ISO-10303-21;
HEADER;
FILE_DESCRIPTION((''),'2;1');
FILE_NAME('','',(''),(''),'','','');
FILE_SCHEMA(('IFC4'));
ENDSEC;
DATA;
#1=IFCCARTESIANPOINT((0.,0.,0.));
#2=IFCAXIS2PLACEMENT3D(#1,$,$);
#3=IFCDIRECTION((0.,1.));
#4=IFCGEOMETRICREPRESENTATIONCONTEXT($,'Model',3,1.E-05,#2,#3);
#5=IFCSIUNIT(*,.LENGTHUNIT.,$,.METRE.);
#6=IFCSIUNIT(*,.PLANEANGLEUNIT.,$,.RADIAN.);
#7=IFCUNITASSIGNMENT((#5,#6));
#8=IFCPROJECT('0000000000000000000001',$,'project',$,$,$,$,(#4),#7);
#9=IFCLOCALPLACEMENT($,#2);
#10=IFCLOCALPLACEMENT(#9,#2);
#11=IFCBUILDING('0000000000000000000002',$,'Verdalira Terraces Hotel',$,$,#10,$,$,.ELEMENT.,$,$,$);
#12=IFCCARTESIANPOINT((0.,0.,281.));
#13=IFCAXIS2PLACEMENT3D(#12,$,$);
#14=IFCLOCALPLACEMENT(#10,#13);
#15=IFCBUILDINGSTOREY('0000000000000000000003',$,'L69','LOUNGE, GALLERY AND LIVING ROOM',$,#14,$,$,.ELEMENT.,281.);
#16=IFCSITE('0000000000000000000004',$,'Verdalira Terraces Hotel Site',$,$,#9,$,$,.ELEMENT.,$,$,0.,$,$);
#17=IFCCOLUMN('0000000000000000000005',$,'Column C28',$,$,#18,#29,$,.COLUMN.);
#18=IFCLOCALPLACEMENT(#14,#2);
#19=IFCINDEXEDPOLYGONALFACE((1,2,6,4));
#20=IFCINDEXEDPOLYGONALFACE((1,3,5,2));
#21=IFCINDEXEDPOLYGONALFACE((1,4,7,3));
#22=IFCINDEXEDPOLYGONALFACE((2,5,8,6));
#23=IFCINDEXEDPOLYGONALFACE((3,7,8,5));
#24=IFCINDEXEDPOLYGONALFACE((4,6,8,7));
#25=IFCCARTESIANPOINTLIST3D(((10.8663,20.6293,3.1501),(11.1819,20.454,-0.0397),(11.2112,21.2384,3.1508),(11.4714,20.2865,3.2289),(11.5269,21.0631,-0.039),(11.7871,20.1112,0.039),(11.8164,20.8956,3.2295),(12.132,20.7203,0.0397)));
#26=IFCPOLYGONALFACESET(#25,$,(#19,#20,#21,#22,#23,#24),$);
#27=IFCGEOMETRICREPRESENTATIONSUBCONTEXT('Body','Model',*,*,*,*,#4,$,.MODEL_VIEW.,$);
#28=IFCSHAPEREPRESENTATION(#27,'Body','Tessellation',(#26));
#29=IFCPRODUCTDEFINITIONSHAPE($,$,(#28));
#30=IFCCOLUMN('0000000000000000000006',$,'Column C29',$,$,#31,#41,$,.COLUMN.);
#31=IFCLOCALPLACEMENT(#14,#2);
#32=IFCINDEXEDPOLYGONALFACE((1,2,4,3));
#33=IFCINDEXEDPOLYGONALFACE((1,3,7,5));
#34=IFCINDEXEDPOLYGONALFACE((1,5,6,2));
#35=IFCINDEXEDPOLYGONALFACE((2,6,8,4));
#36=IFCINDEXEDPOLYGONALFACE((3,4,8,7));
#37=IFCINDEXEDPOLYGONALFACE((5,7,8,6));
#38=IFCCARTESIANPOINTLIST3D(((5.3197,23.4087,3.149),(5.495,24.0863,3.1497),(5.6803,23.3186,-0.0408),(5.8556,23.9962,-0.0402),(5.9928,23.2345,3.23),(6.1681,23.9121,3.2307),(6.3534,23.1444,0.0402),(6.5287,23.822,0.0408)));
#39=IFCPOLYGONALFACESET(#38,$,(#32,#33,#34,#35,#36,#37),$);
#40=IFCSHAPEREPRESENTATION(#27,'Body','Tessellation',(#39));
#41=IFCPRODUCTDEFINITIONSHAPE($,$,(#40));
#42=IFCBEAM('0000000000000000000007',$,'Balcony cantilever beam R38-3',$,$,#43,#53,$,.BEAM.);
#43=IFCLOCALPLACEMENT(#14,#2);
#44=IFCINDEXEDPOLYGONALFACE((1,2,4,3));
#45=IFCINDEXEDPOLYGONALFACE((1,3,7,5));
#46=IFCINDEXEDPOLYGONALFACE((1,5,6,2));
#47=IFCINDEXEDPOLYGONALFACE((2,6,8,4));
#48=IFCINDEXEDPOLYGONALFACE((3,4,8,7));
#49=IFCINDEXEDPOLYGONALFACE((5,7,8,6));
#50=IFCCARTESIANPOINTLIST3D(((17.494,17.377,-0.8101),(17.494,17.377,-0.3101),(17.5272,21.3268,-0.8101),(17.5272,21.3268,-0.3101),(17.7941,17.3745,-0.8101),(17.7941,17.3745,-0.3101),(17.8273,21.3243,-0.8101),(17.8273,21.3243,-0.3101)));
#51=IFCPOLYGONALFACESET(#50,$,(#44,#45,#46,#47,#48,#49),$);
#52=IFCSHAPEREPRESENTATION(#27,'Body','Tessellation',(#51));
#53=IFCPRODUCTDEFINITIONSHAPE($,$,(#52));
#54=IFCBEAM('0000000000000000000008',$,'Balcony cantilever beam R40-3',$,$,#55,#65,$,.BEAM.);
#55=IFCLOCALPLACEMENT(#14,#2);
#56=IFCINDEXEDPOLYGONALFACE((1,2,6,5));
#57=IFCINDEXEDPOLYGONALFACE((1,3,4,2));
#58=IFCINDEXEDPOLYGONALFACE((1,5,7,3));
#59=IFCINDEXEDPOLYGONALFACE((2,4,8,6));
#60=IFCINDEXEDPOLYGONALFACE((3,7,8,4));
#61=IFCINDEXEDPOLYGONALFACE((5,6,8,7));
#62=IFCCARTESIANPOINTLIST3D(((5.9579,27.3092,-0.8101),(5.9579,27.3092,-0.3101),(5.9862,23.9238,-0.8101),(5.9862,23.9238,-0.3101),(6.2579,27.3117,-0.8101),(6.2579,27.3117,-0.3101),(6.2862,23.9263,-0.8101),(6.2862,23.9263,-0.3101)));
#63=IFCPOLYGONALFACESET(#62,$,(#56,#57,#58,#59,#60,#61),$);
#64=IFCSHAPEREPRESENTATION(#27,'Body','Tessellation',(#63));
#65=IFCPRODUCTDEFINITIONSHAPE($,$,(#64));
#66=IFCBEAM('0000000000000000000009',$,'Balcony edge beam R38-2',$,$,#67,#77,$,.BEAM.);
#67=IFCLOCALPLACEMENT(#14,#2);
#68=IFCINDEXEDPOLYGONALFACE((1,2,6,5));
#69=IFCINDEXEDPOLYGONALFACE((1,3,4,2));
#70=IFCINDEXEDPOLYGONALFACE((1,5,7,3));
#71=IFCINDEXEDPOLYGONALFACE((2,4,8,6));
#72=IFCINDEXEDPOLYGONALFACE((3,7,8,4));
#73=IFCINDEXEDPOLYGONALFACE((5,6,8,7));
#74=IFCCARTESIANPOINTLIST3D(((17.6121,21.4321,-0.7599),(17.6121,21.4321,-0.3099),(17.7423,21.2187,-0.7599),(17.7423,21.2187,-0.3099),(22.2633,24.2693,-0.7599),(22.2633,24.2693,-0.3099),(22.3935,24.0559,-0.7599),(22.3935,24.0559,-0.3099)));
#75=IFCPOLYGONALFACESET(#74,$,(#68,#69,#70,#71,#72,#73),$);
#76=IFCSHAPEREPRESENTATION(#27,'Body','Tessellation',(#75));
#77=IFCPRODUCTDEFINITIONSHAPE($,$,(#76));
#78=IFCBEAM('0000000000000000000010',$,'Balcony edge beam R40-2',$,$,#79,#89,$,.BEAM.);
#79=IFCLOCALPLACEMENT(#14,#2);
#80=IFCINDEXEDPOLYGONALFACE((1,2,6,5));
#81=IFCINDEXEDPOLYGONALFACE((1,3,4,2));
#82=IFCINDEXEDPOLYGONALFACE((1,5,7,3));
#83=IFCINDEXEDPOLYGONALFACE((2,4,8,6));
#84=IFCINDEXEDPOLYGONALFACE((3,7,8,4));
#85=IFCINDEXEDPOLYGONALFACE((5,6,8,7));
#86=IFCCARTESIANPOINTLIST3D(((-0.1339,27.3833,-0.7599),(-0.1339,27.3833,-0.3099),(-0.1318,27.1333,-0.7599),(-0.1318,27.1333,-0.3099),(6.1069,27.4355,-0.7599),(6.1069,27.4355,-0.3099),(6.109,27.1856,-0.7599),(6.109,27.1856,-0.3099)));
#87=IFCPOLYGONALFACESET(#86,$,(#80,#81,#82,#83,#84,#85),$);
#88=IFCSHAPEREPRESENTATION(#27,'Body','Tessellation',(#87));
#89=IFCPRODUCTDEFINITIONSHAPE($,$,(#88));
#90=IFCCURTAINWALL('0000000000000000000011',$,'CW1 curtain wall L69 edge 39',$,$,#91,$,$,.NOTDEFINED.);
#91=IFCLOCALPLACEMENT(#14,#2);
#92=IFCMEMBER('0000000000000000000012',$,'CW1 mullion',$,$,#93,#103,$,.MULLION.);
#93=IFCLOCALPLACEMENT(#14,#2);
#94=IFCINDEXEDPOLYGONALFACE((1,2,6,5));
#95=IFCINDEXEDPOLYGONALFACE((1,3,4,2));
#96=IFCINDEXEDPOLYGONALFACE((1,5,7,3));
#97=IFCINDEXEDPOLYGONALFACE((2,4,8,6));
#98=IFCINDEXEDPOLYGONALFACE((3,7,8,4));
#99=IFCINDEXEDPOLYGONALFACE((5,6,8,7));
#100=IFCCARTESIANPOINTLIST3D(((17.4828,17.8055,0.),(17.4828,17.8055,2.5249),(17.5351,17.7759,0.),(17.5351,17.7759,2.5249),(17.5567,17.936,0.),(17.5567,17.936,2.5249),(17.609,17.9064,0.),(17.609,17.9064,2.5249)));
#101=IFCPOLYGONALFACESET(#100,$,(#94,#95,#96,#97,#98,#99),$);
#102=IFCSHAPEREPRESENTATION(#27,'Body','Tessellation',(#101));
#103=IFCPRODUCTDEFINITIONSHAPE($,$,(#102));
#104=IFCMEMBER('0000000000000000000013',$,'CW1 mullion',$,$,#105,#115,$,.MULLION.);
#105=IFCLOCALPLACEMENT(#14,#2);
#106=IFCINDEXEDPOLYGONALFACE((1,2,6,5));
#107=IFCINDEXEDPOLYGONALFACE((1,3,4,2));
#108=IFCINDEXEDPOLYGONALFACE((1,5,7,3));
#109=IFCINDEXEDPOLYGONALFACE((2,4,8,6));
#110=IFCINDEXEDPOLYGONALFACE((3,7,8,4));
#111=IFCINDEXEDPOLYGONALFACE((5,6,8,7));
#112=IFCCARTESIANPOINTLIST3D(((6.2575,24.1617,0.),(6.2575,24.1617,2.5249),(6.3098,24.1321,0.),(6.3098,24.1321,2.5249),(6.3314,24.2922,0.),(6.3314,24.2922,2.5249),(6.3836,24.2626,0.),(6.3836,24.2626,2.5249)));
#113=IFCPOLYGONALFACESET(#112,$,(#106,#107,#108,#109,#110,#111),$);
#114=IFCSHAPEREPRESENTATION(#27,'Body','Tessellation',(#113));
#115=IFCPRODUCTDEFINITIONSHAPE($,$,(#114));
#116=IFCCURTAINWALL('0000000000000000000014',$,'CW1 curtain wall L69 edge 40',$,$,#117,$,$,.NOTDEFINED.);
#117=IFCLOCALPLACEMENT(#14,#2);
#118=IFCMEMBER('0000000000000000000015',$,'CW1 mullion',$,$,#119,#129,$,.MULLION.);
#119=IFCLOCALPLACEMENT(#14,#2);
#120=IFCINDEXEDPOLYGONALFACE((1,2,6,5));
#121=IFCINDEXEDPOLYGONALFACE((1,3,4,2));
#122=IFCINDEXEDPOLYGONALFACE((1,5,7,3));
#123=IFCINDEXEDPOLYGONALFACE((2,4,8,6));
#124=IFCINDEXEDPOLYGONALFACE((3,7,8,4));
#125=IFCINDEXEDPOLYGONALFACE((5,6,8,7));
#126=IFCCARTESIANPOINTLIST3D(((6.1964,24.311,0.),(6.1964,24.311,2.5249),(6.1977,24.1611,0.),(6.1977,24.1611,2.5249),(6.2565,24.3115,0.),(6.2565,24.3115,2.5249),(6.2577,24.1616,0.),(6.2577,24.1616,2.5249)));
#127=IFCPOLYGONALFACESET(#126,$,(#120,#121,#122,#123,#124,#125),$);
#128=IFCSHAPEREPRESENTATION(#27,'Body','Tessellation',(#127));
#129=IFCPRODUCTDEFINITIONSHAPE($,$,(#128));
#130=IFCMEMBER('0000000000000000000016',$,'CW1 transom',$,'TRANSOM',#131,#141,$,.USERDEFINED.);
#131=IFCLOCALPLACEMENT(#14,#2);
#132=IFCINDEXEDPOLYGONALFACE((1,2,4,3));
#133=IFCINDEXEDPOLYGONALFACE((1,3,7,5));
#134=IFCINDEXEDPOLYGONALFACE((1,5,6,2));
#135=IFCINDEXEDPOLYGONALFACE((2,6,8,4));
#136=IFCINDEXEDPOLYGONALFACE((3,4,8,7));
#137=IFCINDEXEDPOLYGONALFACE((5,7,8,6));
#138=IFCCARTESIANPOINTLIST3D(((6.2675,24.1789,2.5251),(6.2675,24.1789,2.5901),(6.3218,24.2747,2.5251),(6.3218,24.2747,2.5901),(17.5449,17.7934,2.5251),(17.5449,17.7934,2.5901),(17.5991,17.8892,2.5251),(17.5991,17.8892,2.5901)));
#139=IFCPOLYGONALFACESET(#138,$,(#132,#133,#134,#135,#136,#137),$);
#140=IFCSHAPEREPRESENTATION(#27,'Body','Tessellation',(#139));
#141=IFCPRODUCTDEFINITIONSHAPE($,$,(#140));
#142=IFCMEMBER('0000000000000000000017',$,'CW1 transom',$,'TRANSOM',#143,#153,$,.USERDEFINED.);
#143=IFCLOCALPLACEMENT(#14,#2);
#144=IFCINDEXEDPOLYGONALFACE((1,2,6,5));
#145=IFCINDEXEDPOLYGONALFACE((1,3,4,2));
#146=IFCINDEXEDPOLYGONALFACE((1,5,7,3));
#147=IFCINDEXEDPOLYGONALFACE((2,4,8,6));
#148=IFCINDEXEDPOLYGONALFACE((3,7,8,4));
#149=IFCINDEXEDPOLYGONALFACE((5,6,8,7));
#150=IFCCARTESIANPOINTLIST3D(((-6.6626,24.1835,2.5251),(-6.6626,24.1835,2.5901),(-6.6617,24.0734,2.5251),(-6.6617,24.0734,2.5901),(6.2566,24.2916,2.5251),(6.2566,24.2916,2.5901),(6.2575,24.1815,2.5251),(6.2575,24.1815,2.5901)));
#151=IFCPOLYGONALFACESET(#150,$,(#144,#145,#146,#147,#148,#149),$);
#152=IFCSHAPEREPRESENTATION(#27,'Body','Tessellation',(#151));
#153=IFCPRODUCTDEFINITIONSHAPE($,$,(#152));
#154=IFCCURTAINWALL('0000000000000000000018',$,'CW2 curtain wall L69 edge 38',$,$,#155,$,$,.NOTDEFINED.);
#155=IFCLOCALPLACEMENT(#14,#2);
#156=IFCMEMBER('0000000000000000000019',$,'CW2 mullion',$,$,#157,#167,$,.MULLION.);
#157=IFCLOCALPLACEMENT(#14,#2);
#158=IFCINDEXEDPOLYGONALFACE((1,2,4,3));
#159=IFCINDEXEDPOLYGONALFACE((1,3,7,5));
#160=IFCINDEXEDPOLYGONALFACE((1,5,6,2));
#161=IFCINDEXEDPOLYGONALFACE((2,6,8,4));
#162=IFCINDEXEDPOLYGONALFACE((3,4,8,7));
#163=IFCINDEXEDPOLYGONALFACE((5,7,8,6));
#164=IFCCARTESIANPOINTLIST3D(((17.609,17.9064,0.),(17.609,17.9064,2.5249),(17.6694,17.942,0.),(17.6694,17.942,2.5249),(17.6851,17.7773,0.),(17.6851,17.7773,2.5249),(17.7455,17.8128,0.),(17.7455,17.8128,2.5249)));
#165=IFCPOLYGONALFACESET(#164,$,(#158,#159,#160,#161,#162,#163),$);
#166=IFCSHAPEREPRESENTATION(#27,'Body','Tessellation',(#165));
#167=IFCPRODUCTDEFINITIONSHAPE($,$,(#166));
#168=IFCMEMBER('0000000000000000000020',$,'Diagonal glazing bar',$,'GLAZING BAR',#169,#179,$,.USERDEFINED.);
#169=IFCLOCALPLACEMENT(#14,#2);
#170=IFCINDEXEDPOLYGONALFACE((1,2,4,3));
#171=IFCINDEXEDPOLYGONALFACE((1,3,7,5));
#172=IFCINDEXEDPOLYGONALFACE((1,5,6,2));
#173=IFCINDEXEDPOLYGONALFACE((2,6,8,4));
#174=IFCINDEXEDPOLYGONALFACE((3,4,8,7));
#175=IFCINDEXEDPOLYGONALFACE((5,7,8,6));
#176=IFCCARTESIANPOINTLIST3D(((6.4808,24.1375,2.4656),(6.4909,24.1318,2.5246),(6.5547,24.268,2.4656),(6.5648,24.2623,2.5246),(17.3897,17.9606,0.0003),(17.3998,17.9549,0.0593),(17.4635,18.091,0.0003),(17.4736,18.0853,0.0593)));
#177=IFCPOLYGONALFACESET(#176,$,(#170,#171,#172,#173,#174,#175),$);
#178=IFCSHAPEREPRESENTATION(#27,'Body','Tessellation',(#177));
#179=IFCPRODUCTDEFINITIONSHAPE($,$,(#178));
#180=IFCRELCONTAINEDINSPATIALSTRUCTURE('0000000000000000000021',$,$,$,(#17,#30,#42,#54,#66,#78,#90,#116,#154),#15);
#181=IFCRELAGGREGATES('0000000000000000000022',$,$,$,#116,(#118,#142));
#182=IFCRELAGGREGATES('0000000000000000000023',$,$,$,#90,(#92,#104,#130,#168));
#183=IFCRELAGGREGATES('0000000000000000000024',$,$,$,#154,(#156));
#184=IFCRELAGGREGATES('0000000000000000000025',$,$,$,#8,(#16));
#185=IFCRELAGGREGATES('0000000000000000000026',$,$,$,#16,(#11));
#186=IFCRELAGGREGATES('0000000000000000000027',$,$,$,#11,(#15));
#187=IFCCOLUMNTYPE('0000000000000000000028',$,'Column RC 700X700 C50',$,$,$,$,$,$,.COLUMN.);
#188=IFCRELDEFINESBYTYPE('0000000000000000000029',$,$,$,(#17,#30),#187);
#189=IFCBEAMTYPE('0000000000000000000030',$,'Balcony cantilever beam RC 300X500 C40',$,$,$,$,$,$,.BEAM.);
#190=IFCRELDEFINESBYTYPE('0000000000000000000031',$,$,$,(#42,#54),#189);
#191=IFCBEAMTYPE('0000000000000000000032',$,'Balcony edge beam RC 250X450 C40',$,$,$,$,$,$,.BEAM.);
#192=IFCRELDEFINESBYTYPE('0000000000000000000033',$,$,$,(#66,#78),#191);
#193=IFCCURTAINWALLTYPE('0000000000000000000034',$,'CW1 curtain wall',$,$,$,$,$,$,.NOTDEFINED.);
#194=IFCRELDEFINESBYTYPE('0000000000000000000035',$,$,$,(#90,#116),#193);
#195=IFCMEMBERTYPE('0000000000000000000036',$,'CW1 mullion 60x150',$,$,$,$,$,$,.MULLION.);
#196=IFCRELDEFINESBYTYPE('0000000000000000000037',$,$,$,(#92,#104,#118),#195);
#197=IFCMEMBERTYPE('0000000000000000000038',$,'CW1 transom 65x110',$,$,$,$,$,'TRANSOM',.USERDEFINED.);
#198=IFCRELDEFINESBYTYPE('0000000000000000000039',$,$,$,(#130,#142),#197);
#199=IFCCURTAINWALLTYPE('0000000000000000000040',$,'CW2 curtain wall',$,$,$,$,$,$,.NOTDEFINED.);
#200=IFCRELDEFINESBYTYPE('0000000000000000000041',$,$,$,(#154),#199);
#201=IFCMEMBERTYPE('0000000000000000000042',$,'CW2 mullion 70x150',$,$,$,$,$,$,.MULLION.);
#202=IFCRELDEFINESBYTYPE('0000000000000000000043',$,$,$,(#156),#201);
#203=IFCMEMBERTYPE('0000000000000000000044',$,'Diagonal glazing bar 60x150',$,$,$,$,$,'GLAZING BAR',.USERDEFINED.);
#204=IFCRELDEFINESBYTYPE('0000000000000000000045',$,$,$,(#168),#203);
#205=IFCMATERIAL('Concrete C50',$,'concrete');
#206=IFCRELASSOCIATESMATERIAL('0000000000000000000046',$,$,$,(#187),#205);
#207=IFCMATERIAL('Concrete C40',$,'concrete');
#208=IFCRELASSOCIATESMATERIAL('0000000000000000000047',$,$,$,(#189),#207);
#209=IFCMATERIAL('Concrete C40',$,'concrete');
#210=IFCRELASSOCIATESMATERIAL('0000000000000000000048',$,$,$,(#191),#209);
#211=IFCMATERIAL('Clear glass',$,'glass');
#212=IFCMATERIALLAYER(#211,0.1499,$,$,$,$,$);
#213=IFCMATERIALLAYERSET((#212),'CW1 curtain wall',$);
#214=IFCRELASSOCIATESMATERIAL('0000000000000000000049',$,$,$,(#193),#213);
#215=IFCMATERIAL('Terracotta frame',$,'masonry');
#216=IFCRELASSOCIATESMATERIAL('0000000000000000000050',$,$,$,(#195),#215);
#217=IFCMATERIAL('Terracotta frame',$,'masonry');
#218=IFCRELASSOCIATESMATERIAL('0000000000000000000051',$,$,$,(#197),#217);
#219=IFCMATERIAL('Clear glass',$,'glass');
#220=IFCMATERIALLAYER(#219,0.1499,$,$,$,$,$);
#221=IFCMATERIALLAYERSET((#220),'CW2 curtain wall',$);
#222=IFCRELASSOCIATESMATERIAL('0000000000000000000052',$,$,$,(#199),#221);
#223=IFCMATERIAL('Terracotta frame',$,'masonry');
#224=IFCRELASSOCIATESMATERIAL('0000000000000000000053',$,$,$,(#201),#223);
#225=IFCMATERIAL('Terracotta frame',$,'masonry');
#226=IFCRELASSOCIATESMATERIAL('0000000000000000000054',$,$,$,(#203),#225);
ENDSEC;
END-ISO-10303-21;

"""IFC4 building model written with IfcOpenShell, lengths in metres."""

from ifc_helpers import new_model, si_unit, direction, frame, origin, origin_2d, place, context, subcontext, project, spatial, rectangle, extrude, material, layer, layer_set, material_profile, profile_set, type_object, element, aggregate, save


model = new_model("IFC4")

# Units and contexts
model_context = context("Model", 3, precision=1e-05, world=origin(), true_north=direction((0.0, 1.0)))
body_context = subcontext(model_context, "Body", "Model", "MODEL_VIEW")
ifc_project = project(units=[si_unit("LENGTHUNIT", "METRE"), si_unit("PLANEANGLEUNIT", "RADIAN")], contexts=[model_context])

# Site, building, storey
site_placement = place(None, origin())
site = spatial("IfcSite", under=ifc_project, at=site_placement, Name="Verdalira Terraces Hotel Site", CompositionType="ELEMENT", RefElevation=0.0)
building_placement = place(site_placement, origin())
building = spatial("IfcBuilding", under=site, at=building_placement, Name="Verdalira Terraces Hotel", CompositionType="ELEMENT")
storey_placement = place(building_placement, frame((0.0, 0.0, 281.0)))
storey = spatial("IfcBuildingStorey", under=building, at=storey_placement, Name="L69", Description="LOUNGE, GALLERY AND LIVING ROOM", CompositionType="ELEMENT", Elevation=281.0)

# Columns
ifc_material_1 = material(Name="Concrete C50", Category="concrete")
ifc_material_profile_1 = material_profile(ifc_material_1, rectangle(XDim=0.7, YDim=0.7, at=origin_2d()), Name="RC 700X700")
ifc_profile_set_1 = profile_set([ifc_material_profile_1], Name="Concrete C50")
column_type = type_object("IfcColumnType", Name="Column RC 700X700 C50", PredefinedType="COLUMN", material=ifc_profile_set_1)
column_1_placement = place(storey_placement, frame((11.657, 20.5872, 0.0), z_axis=(-0.098331, 0.054603, 0.993655), x_axis=(-0.864581, 0.489744, -0.112471)))
element("IfcColumn", 1, at=column_1_placement, inside=storey, type_object=column_type, Name="Column C28", PredefinedType="COLUMN", context=body_context, shape_type="SweptSolid", body=[
    extrude(rectangle(XDim=0.7, YDim=0.7, at=origin_2d()), origin(), (0.0, 0.0, 1.0), 3.2102),
])
column_2_placement = place(storey_placement, frame((6.1045, 23.5703, 0.0), z_axis=(-0.112282, 0.028051, 0.99328), x_axis=(0.961584, -0.248926, 0.115729)))
element("IfcColumn", 2, at=column_2_placement, inside=storey, type_object=column_type, Name="Column C29", PredefinedType="COLUMN", context=body_context, shape_type="SweptSolid", body=[
    extrude(rectangle(XDim=0.7, YDim=0.7, at=origin_2d()), origin(), (0.0, 0.0, 1.0), 3.2114),
])

# Beams
ifc_material_2 = material(Name="Concrete C40", Category="concrete")
ifc_material_profile_2 = material_profile(ifc_material_2, rectangle(XDim=0.3, YDim=0.5, at=origin_2d()), Name="RC 300X500")
ifc_profile_set_2 = profile_set([ifc_material_profile_2], Name="Concrete C40")
beam_type_1 = type_object("IfcBeamType", Name="Balcony cantilever beam RC 300X500 C40", PredefinedType="BEAM", material=ifc_profile_set_2)
beam_1_placement = place(storey_placement, frame((17.644, 17.3757, -0.5601), z_axis=(0.008406, 0.999965, 0.0), x_axis=(-0.999965, 0.008406, 0.0)))
element("IfcBeam", 3, at=beam_1_placement, inside=storey, type_object=beam_type_1, Name="Balcony cantilever beam R38-3", PredefinedType="BEAM", context=body_context, shape_type="SweptSolid", body=[
    extrude(rectangle(XDim=0.3, YDim=0.5, at=origin_2d()), origin(), (0.0, 0.0, 1.0), 3.95),
])
beam_2_placement = place(storey_placement, frame((6.1362, 23.925, -0.5601), z_axis=(-0.008365, 0.999965, 0.0), x_axis=(-0.999965, -0.008365, 0.0)))
element("IfcBeam", 4, at=beam_2_placement, inside=storey, type_object=beam_type_1, Name="Balcony cantilever beam R40-3", PredefinedType="BEAM", context=body_context, shape_type="SweptSolid", body=[
    extrude(rectangle(XDim=0.3, YDim=0.5, at=origin_2d()), origin(), (0.0, 0.0, 1.0), 3.3855),
])
ifc_material_3 = material(Name="Concrete C40", Category="concrete")
ifc_material_profile_3 = material_profile(ifc_material_3, rectangle(XDim=0.25, YDim=0.45, at=origin_2d()), Name="RC 250X450")
ifc_profile_set_3 = profile_set([ifc_material_profile_3], Name="Concrete C40")
beam_type_2 = type_object("IfcBeamType", Name="Balcony edge beam RC 250X450 C40", PredefinedType="BEAM", material=ifc_profile_set_3)
beam_3_placement = place(storey_placement, frame((22.3284, 24.1626, -0.5349), z_axis=(-0.853706, -0.520756, 0.0), x_axis=(0.520756, -0.853706, 0.0)))
element("IfcBeam", 5, at=beam_3_placement, inside=storey, type_object=beam_type_2, Name="Balcony edge beam R38-2", PredefinedType="BEAM", context=body_context, shape_type="SweptSolid", body=[
    extrude(rectangle(XDim=0.25, YDim=0.45, at=origin_2d()), origin(), (0.0, 0.0, 1.0), 5.4482),
])
beam_4_placement = place(storey_placement, frame((6.1079, 27.3105, -0.5349), z_axis=(-0.999965, -0.008372, 0.0), x_axis=(0.008372, -0.999965, 0.0)))
element("IfcBeam", 6, at=beam_4_placement, inside=storey, type_object=beam_type_2, Name="Balcony edge beam R40-2", PredefinedType="BEAM", context=body_context, shape_type="SweptSolid", body=[
    extrude(rectangle(XDim=0.25, YDim=0.45, at=origin_2d()), origin(), (0.0, 0.0, 1.0), 6.241),
])

# Curtain wall, members
ifc_material_4 = material(Name="Clear glass", Category="glass")
ifc_layer_1 = layer(ifc_material_4, 0.1499)
ifc_layer_set_1 = layer_set([ifc_layer_1], Name="CW1 curtain wall")
curtain_wall_type_1 = type_object("IfcCurtainWallType", Name="CW1 curtain wall", PredefinedType="NOTDEFINED", material=ifc_layer_set_1)
curtain_wall_1_placement = place(storey_placement, origin())
curtain_wall_1 = element("IfcCurtainWall", 7, at=curtain_wall_1_placement, inside=storey, type_object=curtain_wall_type_1, Name="CW1 curtain wall L69 edge 39", PredefinedType="NOTDEFINED")
ifc_material_5 = material(Name="Terracotta frame", Category="masonry")
ifc_material_profile_4 = material_profile(ifc_material_5, rectangle(XDim=0.0601, YDim=0.1499, at=origin_2d()), Name="MU 60x150")
ifc_profile_set_4 = profile_set([ifc_material_profile_4], Name="Terracotta frame")
member_type_1 = type_object("IfcMemberType", Name="CW1 mullion 60x150", PredefinedType="MULLION", material=ifc_profile_set_4)
member_1_placement = place(storey_placement, frame((17.5459, 17.856, 0.0), z_axis=(0.0, 0.0, 1.0), x_axis=(-0.870184, 0.492727, 0.0)))
member_1 = element("IfcMember", 8, at=member_1_placement, type_object=member_type_1, Name="CW1 mullion", PredefinedType="MULLION", context=body_context, shape_type="SweptSolid", body=[
    extrude(rectangle(XDim=0.0601, YDim=0.1499, at=origin_2d()), origin(), (0.0, 0.0, 1.0), 2.5249),
])
member_2_placement = place(storey_placement, frame((6.3206, 24.2122, 0.0), z_axis=(0.0, 0.0, 1.0), x_axis=(-0.870184, 0.492727, 0.0)))
member_2 = element("IfcMember", 9, at=member_2_placement, type_object=member_type_1, Name="CW1 mullion", PredefinedType="MULLION", context=body_context, shape_type="SweptSolid", body=[
    extrude(rectangle(XDim=0.0601, YDim=0.1499, at=origin_2d()), origin(), (0.0, 0.0, 1.0), 2.5249),
])

# Curtain wall, member
curtain_wall_2_placement = place(storey_placement, origin())
curtain_wall_2 = element("IfcCurtainWall", 10, at=curtain_wall_2_placement, inside=storey, type_object=curtain_wall_type_1, Name="CW1 curtain wall L69 edge 40", PredefinedType="NOTDEFINED")
member_3_placement = place(storey_placement, frame((6.2271, 24.2363, 0.0), z_axis=(0.0, 0.0, 1.0), x_axis=(-0.999965, -0.008377, 0.0)))
member_3 = element("IfcMember", 11, at=member_3_placement, type_object=member_type_1, Name="CW1 mullion", PredefinedType="MULLION", context=body_context, shape_type="SweptSolid", body=[
    extrude(rectangle(XDim=0.0601, YDim=0.1499, at=origin_2d()), origin(), (0.0, 0.0, 1.0), 2.5249),
])

# Members
ifc_material_6 = material(Name="Terracotta frame", Category="masonry")
ifc_material_profile_5 = material_profile(ifc_material_6, rectangle(XDim=0.1101, YDim=0.0649, at=origin_2d()), Name="TR 65x110")
ifc_profile_set_5 = profile_set([ifc_material_profile_5], Name="Terracotta frame")
member_type_2 = type_object("IfcMemberType", Name="CW1 transom 65x110", ElementType="TRANSOM", PredefinedType="USERDEFINED", material=ifc_profile_set_5)
member_4_placement = place(storey_placement, frame((17.572, 17.8413, 2.5576), z_axis=(-0.870188, 0.492721, 0.0), x_axis=(-0.492721, -0.870188, 0.0)))
member_4 = element("IfcMember", 12, at=member_4_placement, type_object=member_type_2, Name="CW1 transom", ObjectType="TRANSOM", PredefinedType="USERDEFINED", context=body_context, shape_type="SweptSolid", body=[
    extrude(rectangle(XDim=0.1101, YDim=0.0649, at=origin_2d()), origin(), (0.0, 0.0, 1.0), 12.9597),
])
member_5_placement = place(storey_placement, frame((6.2571, 24.2366, 2.5576), z_axis=(-0.999965, -0.008371, 0.0), x_axis=(0.008371, -0.999965, 0.0)))
member_5 = element("IfcMember", 13, at=member_5_placement, type_object=member_type_2, Name="CW1 transom", ObjectType="TRANSOM", PredefinedType="USERDEFINED", context=body_context, shape_type="SweptSolid", body=[
    extrude(rectangle(XDim=0.1101, YDim=0.0649, at=origin_2d()), origin(), (0.0, 0.0, 1.0), 12.9197),
])
aggregate(curtain_wall_2, [member_3, member_5])

# Curtain wall, member
ifc_material_7 = material(Name="Clear glass", Category="glass")
ifc_layer_2 = layer(ifc_material_7, 0.1499)
ifc_layer_set_2 = layer_set([ifc_layer_2], Name="CW2 curtain wall")
curtain_wall_type_2 = type_object("IfcCurtainWallType", Name="CW2 curtain wall", PredefinedType="NOTDEFINED", material=ifc_layer_set_2)
curtain_wall_3_placement = place(storey_placement, origin())
curtain_wall_3 = element("IfcCurtainWall", 14, at=curtain_wall_3_placement, inside=storey, type_object=curtain_wall_type_2, Name="CW2 curtain wall L69 edge 38", PredefinedType="NOTDEFINED")
ifc_material_8 = material(Name="Terracotta frame", Category="masonry")
ifc_material_profile_6 = material_profile(ifc_material_8, rectangle(XDim=0.0701, YDim=0.1499, at=origin_2d()), Name="MU 70x150")
ifc_profile_set_6 = profile_set([ifc_material_profile_6], Name="Terracotta frame")
member_type_3 = type_object("IfcMemberType", Name="CW2 mullion 70x150", PredefinedType="MULLION", material=ifc_profile_set_6)
member_6_placement = place(storey_placement, frame((17.6772, 17.8596, 0.0), z_axis=(0.0, 0.0, 1.0), x_axis=(-0.861806, -0.507238, 0.0)))
member_6 = element("IfcMember", 15, at=member_6_placement, type_object=member_type_3, Name="CW2 mullion", PredefinedType="MULLION", context=body_context, shape_type="SweptSolid", body=[
    extrude(rectangle(XDim=0.0701, YDim=0.1499, at=origin_2d()), origin(), (0.0, 0.0, 1.0), 2.5249),
])

# Member
ifc_material_9 = material(Name="Terracotta frame", Category="masonry")
ifc_material_profile_7 = material_profile(ifc_material_9, rectangle(XDim=0.1499, YDim=0.0601, at=origin_2d()), Name="GB 60x150")
ifc_profile_set_7 = profile_set([ifc_material_profile_7], Name="Terracotta frame")
member_type_4 = type_object("IfcMemberType", Name="Diagonal glazing bar 60x150", ElementType="GLAZING BAR", PredefinedType="USERDEFINED", material=ifc_profile_set_7)
member_7_placement = place(storey_placement, frame((17.4316, 18.0229, 0.0298), z_axis=(-0.85383, 0.483467, 0.192959), x_axis=(-0.492727, -0.870184, 0.0)))
member_7 = element("IfcMember", 16, at=member_7_placement, type_object=member_type_4, Name="Diagonal glazing bar", ObjectType="GLAZING BAR", PredefinedType="USERDEFINED", context=body_context, shape_type="SweptSolid", body=[
    extrude(rectangle(XDim=0.1499, YDim=0.0601, at=origin_2d()), origin(), (0.0, 0.0, 1.0), 12.7764),
])

aggregate(curtain_wall_1, [member_1, member_2, member_4, member_7])
aggregate(curtain_wall_3, [member_6])

save(model, "model.ifc")
